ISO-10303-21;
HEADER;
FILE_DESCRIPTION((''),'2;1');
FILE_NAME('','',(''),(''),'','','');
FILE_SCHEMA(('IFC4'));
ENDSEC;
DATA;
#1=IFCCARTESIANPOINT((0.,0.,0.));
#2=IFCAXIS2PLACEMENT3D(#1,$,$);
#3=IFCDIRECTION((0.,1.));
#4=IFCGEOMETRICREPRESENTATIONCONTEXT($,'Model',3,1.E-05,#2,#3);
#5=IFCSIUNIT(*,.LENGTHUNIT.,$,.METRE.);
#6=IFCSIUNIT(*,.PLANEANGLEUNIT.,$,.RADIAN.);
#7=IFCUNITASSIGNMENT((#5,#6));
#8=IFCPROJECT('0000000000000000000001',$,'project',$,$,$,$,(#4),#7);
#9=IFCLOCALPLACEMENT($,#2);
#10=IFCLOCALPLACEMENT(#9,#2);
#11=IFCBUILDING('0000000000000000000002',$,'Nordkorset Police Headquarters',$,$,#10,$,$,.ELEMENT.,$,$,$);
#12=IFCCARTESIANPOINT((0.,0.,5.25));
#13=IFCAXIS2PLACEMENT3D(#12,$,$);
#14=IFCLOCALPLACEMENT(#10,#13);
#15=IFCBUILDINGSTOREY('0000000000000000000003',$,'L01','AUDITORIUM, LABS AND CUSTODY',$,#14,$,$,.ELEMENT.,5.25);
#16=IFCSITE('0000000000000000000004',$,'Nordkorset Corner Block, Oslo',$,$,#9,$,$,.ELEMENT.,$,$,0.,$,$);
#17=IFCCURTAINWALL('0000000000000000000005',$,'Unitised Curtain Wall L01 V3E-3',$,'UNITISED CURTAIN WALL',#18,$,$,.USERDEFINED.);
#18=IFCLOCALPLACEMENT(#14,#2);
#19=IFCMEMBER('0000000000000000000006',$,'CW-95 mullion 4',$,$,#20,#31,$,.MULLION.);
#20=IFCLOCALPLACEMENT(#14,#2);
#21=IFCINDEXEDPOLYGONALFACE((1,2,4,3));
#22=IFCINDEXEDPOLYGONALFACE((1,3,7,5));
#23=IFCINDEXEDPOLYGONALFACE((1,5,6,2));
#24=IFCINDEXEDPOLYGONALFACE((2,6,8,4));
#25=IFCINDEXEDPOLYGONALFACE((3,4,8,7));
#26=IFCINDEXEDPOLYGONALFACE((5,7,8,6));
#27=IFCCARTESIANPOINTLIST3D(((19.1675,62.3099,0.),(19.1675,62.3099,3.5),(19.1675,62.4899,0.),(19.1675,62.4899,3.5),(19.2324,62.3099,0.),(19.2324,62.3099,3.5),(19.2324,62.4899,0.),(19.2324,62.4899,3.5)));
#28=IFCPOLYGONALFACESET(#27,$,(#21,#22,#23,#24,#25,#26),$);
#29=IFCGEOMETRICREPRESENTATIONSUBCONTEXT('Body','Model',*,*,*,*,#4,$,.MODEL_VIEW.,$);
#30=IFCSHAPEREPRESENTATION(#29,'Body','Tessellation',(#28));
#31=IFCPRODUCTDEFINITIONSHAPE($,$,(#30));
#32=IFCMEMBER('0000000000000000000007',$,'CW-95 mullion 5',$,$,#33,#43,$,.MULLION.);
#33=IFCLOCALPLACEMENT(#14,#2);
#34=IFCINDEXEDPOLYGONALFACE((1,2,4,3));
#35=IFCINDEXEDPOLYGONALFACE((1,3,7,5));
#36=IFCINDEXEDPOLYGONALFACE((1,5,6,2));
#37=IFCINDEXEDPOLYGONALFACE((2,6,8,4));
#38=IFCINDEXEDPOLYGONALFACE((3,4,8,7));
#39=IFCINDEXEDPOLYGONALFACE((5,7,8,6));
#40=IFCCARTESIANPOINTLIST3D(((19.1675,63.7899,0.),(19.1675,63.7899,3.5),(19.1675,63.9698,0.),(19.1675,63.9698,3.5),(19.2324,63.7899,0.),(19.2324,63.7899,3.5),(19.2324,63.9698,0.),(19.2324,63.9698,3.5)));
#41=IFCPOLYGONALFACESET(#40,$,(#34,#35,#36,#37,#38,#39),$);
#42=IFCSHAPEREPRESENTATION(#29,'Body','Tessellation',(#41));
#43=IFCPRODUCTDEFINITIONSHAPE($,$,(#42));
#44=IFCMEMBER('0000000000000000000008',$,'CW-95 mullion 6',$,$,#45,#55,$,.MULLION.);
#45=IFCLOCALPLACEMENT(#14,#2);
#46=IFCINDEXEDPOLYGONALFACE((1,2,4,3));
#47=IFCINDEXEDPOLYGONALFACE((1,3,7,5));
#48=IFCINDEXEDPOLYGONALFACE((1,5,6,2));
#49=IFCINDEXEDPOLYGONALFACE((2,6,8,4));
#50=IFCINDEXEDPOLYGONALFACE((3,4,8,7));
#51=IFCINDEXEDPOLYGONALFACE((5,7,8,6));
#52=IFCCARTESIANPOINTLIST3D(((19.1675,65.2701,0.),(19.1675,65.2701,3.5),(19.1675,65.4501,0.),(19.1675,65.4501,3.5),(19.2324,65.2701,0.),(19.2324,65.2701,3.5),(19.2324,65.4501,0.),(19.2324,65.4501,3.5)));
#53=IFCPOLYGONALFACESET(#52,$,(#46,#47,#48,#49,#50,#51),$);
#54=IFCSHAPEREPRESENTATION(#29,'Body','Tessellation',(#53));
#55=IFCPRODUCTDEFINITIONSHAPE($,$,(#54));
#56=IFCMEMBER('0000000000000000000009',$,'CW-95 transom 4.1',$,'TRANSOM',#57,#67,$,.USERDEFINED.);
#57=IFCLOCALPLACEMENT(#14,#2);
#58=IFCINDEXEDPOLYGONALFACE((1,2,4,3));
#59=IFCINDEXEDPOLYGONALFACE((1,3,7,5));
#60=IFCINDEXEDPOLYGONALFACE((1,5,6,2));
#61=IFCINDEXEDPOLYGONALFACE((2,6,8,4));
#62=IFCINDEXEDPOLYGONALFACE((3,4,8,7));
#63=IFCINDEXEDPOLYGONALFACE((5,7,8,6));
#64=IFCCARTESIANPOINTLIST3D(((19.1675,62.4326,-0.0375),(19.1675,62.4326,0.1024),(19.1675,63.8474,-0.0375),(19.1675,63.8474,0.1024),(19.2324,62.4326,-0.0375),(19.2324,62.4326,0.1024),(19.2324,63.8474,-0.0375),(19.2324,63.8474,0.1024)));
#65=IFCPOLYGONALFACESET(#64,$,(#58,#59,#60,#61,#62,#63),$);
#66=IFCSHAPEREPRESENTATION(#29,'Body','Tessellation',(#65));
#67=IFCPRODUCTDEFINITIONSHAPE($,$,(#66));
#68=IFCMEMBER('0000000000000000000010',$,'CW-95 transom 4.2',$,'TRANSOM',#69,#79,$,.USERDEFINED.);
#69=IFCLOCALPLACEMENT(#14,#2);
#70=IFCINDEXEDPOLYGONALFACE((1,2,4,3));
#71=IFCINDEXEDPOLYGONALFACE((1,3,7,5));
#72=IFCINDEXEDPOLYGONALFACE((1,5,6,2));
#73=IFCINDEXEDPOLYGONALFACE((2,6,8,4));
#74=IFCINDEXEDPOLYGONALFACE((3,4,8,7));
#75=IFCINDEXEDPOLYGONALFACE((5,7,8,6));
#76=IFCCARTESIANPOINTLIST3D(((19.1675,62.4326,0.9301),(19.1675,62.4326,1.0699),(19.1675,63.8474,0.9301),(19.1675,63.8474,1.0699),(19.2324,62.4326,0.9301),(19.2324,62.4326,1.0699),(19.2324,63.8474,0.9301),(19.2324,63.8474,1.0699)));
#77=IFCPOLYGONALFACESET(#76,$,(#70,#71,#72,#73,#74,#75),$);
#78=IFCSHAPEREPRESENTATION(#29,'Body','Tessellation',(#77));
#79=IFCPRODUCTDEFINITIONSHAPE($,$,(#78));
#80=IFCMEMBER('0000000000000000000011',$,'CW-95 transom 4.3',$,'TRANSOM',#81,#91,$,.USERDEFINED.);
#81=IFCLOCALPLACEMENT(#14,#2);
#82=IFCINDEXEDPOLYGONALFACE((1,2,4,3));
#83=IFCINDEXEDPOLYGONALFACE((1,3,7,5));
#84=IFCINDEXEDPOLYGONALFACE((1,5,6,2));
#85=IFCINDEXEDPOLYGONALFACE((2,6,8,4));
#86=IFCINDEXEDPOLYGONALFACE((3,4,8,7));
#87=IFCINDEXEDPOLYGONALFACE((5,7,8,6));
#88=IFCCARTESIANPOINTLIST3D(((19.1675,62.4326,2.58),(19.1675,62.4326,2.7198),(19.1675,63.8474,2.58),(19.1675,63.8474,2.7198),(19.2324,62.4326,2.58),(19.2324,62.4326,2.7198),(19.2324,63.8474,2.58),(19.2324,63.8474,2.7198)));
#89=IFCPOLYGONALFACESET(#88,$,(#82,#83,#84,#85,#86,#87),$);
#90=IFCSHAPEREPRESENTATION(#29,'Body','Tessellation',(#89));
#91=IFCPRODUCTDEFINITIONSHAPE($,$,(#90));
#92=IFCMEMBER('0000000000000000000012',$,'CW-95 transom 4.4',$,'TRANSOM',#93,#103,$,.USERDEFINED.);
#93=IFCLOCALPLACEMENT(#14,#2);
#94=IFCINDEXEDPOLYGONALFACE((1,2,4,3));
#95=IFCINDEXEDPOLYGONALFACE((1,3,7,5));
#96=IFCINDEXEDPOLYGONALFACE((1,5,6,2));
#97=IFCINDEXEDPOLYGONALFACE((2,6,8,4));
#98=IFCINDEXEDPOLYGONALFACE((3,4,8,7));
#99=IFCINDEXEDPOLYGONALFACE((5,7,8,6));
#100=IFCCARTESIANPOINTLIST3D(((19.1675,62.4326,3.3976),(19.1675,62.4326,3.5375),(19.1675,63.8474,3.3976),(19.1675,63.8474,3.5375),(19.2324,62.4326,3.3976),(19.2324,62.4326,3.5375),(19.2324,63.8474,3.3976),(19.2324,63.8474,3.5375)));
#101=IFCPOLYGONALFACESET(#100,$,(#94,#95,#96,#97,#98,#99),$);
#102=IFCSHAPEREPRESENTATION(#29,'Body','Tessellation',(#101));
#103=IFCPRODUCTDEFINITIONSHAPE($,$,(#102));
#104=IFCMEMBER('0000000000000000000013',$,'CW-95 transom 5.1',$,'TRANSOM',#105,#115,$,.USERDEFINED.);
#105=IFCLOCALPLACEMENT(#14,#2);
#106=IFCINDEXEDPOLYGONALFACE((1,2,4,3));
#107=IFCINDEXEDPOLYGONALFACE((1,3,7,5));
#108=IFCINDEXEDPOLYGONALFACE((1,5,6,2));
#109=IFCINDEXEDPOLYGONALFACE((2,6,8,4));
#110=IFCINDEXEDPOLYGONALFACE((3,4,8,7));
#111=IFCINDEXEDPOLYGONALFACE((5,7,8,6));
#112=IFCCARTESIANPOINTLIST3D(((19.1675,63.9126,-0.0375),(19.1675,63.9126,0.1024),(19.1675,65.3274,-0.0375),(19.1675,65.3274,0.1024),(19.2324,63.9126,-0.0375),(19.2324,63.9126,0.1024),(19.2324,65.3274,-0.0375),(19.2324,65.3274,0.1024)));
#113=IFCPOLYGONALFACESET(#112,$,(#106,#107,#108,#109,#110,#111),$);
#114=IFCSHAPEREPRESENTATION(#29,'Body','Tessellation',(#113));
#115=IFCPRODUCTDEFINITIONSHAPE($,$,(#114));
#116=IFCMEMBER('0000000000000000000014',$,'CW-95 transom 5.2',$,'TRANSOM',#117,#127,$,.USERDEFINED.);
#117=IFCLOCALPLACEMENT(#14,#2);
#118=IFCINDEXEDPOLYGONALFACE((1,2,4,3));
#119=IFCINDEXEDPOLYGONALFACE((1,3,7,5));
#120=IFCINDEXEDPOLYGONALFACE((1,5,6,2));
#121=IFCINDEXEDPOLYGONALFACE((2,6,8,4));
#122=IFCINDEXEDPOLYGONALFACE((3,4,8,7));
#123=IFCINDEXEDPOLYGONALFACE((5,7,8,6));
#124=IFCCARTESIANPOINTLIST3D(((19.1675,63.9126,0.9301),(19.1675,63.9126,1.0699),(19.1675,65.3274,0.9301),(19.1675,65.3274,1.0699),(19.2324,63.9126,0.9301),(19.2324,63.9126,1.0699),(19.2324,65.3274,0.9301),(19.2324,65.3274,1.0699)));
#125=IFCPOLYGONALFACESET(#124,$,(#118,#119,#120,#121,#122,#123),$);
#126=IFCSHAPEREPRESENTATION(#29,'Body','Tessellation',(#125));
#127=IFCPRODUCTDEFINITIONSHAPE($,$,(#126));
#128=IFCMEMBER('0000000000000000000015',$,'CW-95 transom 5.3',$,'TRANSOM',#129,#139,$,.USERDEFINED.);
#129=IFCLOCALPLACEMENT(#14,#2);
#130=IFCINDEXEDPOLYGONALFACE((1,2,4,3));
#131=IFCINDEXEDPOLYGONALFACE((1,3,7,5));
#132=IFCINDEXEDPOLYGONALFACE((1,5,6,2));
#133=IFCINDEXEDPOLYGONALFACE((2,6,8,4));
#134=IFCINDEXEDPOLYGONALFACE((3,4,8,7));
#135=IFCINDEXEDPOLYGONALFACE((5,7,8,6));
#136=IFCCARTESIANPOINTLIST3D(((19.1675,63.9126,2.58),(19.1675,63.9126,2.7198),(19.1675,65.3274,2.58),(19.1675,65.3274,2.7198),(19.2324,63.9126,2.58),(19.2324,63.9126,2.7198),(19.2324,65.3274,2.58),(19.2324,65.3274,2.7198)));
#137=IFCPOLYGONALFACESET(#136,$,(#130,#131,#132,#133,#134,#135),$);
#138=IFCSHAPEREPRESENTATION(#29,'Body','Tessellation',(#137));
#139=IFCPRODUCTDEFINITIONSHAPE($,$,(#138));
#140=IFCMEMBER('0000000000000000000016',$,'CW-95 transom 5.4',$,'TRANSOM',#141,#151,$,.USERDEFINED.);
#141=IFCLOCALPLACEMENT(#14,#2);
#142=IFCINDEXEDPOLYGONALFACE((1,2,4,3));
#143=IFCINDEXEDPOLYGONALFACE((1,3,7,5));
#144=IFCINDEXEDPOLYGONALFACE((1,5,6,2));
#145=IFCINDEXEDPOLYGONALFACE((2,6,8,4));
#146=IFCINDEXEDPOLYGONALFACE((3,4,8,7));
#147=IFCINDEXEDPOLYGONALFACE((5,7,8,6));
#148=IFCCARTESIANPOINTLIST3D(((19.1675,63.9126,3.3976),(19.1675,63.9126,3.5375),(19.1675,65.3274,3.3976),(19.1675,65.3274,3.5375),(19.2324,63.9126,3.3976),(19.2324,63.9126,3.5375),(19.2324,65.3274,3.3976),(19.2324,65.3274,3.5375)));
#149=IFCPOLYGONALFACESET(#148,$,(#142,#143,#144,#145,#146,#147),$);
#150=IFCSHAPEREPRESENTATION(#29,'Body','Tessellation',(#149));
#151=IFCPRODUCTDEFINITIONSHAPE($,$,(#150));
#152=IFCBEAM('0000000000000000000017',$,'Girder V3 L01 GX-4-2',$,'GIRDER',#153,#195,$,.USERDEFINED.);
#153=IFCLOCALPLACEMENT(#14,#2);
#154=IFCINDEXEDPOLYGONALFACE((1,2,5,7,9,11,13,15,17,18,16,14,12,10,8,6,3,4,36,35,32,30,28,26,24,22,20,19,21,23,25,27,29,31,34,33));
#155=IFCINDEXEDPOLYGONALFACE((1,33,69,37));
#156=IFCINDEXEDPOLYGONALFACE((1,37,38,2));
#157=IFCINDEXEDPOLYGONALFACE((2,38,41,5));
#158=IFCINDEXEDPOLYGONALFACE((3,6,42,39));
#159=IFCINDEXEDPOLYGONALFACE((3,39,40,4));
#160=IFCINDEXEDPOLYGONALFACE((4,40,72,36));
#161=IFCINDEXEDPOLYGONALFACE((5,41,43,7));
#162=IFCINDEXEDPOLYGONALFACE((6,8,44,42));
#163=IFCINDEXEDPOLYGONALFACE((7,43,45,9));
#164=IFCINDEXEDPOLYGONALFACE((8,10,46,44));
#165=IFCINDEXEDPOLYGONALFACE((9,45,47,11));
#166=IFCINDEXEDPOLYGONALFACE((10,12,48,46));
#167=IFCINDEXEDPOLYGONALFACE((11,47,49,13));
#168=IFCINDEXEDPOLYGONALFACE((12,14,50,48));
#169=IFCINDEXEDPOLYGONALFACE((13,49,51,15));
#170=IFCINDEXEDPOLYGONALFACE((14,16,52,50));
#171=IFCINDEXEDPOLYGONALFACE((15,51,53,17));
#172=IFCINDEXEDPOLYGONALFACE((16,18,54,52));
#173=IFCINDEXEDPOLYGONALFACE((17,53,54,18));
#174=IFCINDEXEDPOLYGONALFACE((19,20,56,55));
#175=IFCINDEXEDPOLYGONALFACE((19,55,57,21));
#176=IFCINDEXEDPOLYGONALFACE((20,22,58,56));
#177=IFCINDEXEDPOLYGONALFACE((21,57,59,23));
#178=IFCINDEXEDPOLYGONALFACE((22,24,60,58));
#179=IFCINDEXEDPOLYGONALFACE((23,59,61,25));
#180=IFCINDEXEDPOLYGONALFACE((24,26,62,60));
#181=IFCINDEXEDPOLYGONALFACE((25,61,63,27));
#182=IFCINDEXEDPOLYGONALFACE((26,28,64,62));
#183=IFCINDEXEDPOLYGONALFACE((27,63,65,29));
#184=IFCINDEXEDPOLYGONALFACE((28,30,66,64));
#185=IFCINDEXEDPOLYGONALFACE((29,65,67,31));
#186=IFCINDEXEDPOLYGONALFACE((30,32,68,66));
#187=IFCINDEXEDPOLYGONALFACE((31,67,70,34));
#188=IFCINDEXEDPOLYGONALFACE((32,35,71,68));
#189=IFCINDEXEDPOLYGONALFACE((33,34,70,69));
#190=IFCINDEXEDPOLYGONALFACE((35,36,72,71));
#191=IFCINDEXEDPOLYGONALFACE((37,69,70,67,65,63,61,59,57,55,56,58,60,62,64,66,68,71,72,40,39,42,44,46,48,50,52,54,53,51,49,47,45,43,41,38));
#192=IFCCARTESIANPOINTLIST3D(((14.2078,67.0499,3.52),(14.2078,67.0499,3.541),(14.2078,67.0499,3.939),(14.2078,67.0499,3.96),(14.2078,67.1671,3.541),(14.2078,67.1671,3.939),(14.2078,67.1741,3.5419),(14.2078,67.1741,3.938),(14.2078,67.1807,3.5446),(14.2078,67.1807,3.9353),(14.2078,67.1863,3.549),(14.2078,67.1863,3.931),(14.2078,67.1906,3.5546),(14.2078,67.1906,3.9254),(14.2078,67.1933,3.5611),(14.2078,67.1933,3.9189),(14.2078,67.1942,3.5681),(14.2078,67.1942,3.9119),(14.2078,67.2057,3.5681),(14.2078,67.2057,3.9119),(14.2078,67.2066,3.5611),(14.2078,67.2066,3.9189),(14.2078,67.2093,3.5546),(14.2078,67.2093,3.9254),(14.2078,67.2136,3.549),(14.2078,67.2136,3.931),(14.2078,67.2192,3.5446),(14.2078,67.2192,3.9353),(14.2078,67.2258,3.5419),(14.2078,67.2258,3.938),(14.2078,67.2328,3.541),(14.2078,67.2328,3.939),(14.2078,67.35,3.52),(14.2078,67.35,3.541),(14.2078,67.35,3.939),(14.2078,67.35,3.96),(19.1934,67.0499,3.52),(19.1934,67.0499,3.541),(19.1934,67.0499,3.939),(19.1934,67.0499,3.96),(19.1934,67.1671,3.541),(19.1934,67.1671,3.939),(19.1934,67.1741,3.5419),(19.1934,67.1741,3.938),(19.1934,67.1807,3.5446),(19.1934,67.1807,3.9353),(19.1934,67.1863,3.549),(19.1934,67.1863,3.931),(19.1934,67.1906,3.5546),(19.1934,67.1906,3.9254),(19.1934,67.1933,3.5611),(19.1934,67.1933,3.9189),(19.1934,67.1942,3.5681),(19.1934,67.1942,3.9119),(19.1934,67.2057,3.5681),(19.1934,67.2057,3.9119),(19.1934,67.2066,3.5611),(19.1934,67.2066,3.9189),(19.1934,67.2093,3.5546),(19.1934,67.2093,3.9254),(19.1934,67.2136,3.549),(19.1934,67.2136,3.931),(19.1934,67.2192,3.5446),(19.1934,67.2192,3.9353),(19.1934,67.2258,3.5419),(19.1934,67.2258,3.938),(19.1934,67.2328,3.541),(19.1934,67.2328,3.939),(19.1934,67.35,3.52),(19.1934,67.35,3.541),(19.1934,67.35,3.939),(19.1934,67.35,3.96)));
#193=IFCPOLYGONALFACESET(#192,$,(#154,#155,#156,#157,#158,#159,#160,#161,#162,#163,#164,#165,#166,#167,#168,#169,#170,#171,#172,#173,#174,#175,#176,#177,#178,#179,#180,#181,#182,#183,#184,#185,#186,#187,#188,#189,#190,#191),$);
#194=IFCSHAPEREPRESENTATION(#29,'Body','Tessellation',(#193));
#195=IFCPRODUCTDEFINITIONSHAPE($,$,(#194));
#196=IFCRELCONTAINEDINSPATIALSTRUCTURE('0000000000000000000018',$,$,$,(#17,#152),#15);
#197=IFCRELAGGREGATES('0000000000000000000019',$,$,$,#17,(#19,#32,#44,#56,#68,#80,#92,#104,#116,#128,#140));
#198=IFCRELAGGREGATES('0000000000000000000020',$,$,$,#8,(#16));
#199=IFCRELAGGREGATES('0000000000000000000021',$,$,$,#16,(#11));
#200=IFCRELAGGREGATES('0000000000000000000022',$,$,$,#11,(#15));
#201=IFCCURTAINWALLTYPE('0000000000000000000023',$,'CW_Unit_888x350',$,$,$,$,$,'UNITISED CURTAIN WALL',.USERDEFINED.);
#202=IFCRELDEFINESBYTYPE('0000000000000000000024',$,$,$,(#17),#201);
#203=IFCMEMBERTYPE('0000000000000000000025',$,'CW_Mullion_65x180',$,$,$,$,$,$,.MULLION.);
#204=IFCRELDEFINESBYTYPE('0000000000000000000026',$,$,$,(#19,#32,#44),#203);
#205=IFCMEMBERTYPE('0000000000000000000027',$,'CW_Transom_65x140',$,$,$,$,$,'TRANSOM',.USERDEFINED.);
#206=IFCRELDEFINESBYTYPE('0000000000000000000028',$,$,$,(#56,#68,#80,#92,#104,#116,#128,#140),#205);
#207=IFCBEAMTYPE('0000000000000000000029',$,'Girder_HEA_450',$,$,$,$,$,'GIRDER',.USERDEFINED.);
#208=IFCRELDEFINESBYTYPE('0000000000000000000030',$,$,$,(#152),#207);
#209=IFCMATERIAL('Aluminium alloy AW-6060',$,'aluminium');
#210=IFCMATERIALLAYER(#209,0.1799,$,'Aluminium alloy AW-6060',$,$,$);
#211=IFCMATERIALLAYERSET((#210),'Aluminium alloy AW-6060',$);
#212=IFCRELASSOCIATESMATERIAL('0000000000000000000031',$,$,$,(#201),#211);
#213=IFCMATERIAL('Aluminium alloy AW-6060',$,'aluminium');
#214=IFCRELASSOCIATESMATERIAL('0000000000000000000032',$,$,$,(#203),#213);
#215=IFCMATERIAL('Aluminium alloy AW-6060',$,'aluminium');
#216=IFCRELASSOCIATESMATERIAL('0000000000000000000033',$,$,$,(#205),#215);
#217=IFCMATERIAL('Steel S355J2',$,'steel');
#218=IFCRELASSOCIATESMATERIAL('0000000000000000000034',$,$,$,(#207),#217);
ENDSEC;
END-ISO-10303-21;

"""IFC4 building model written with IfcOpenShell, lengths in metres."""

from ifc_helpers import new_model, si_unit, direction, frame, origin, origin_2d, place, context, subcontext, project, spatial, rectangle, i_section, extrude, material, layer, layer_set, material_profile, profile_set, type_object, element, aggregate, save


model = new_model("IFC4")

# Units and contexts
model_context = context("Model", 3, precision=1e-05, world=origin(), true_north=direction((0.0, 1.0)))
body_context = subcontext(model_context, "Body", "Model", "MODEL_VIEW")
ifc_project = project(units=[si_unit("LENGTHUNIT", "METRE"), si_unit("PLANEANGLEUNIT", "RADIAN")], contexts=[model_context])

# Site, building, storey
site_placement = place(None, origin())
site = spatial("IfcSite", under=ifc_project, at=site_placement, Name="Nordkorset Corner Block, Oslo", CompositionType="ELEMENT", RefElevation=0.0)
building_placement = place(site_placement, origin())
building = spatial("IfcBuilding", under=site, at=building_placement, Name="Nordkorset Police Headquarters", CompositionType="ELEMENT")
storey_placement = place(building_placement, frame((0.0, 0.0, 5.25)))
storey = spatial("IfcBuildingStorey", under=building, at=storey_placement, Name="L01", Description="AUDITORIUM, LABS AND CUSTODY", CompositionType="ELEMENT", Elevation=5.25)

# Curtain wall, members
ifc_material_1 = material(Name="Aluminium alloy AW-6060", Category="aluminium")
ifc_layer_1 = layer(ifc_material_1, 0.1799, Name="Aluminium alloy AW-6060")
ifc_layer_set_1 = layer_set([ifc_layer_1], Name="Aluminium alloy AW-6060")
curtain_wall_type = type_object("IfcCurtainWallType", Name="CW_Unit_888x350", ElementType="UNITISED CURTAIN WALL", PredefinedType="USERDEFINED", material=ifc_layer_set_1)
curtain_wall_placement = place(storey_placement, origin())
curtain_wall = element("IfcCurtainWall", 1, at=curtain_wall_placement, inside=storey, type_object=curtain_wall_type, Name="Unitised Curtain Wall L01 V3E-3", ObjectType="UNITISED CURTAIN WALL", PredefinedType="USERDEFINED")
ifc_material_2 = material(Name="Aluminium alloy AW-6060", Category="aluminium")
ifc_material_profile_1 = material_profile(ifc_material_2, rectangle(XDim=0.0649, YDim=0.1799, at=origin_2d()), Name="ALU MULL 65x180")
ifc_profile_set_1 = profile_set([ifc_material_profile_1], Name="Aluminium alloy AW-6060")
member_type_1 = type_object("IfcMemberType", Name="CW_Mullion_65x180", PredefinedType="MULLION", material=ifc_profile_set_1)
member_1_placement = place(storey_placement, frame((19.2, 62.3999, 0.0), z_axis=(0.0, 0.0, 1.0), x_axis=(-1.0, 0.0, 0.0)))
member_1 = element("IfcMember", 2, at=member_1_placement, type_object=member_type_1, Name="CW-95 mullion 4", PredefinedType="MULLION", context=body_context, shape_type="SweptSolid", body=[
    extrude(rectangle(XDim=0.0649, YDim=0.1799, at=origin_2d()), origin(), (0.0, 0.0, 1.0), 3.5),
])
member_2_placement = place(storey_placement, frame((19.2, 63.8799, 0.0), z_axis=(0.0, 0.0, 1.0), x_axis=(-1.0, 0.0, 0.0)))
member_2 = element("IfcMember", 3, at=member_2_placement, type_object=member_type_1, Name="CW-95 mullion 5", PredefinedType="MULLION", context=body_context, shape_type="SweptSolid", body=[
    extrude(rectangle(XDim=0.0649, YDim=0.1799, at=origin_2d()), origin(), (0.0, 0.0, 1.0), 3.5),
])
member_3_placement = place(storey_placement, frame((19.2, 65.3601, 0.0), z_axis=(0.0, 0.0, 1.0), x_axis=(-1.0, 0.0, 0.0)))
member_3 = element("IfcMember", 4, at=member_3_placement, type_object=member_type_1, Name="CW-95 mullion 6", PredefinedType="MULLION", context=body_context, shape_type="SweptSolid", body=[
    extrude(rectangle(XDim=0.0649, YDim=0.1799, at=origin_2d()), origin(), (0.0, 0.0, 1.0), 3.5),
])
ifc_material_3 = material(Name="Aluminium alloy AW-6060", Category="aluminium")
ifc_material_profile_2 = material_profile(ifc_material_3, rectangle(XDim=0.0649, YDim=0.1399, at=origin_2d()), Name="ALU TRAN 65x140")
ifc_profile_set_2 = profile_set([ifc_material_profile_2], Name="Aluminium alloy AW-6060")
member_type_2 = type_object("IfcMemberType", Name="CW_Transom_65x140", ElementType="TRANSOM", PredefinedType="USERDEFINED", material=ifc_profile_set_2)
member_4_placement = place(storey_placement, frame((19.2, 62.4326, 0.0325), z_axis=(0.0, 1.0, 0.0), x_axis=(-1.0, 0.0, 0.0)))
member_4 = element("IfcMember", 5, at=member_4_placement, type_object=member_type_2, Name="CW-95 transom 4.1", ObjectType="TRANSOM", PredefinedType="USERDEFINED", context=body_context, shape_type="SweptSolid", body=[
    extrude(rectangle(XDim=0.0649, YDim=0.1399, at=origin_2d()), origin(), (0.0, 0.0, 1.0), 1.4148),
])
member_5_placement = place(storey_placement, frame((19.2, 62.4326, 1.0), z_axis=(0.0, 1.0, 0.0), x_axis=(-1.0, 0.0, 0.0)))
member_5 = element("IfcMember", 6, at=member_5_placement, type_object=member_type_2, Name="CW-95 transom 4.2", ObjectType="TRANSOM", PredefinedType="USERDEFINED", context=body_context, shape_type="SweptSolid", body=[
    extrude(rectangle(XDim=0.0649, YDim=0.1399, at=origin_2d()), origin(), (0.0, 0.0, 1.0), 1.4148),
])
member_6_placement = place(storey_placement, frame((19.2, 62.4326, 2.6499), z_axis=(0.0, 1.0, 0.0), x_axis=(-1.0, 0.0, 0.0)))
member_6 = element("IfcMember", 7, at=member_6_placement, type_object=member_type_2, Name="CW-95 transom 4.3", ObjectType="TRANSOM", PredefinedType="USERDEFINED", context=body_context, shape_type="SweptSolid", body=[
    extrude(rectangle(XDim=0.0649, YDim=0.1399, at=origin_2d()), origin(), (0.0, 0.0, 1.0), 1.4148),
])
member_7_placement = place(storey_placement, frame((19.2, 62.4326, 3.4675), z_axis=(0.0, 1.0, 0.0), x_axis=(-1.0, 0.0, 0.0)))
member_7 = element("IfcMember", 8, at=member_7_placement, type_object=member_type_2, Name="CW-95 transom 4.4", ObjectType="TRANSOM", PredefinedType="USERDEFINED", context=body_context, shape_type="SweptSolid", body=[
    extrude(rectangle(XDim=0.0649, YDim=0.1399, at=origin_2d()), origin(), (0.0, 0.0, 1.0), 1.4148),
])
member_8_placement = place(storey_placement, frame((19.2, 63.9126, 0.0325), z_axis=(0.0, 1.0, 0.0), x_axis=(-1.0, 0.0, 0.0)))
member_8 = element("IfcMember", 9, at=member_8_placement, type_object=member_type_2, Name="CW-95 transom 5.1", ObjectType="TRANSOM", PredefinedType="USERDEFINED", context=body_context, shape_type="SweptSolid", body=[
    extrude(rectangle(XDim=0.0649, YDim=0.1399, at=origin_2d()), origin(), (0.0, 0.0, 1.0), 1.4148),
])
member_9_placement = place(storey_placement, frame((19.2, 63.9126, 1.0), z_axis=(0.0, 1.0, 0.0), x_axis=(-1.0, 0.0, 0.0)))
member_9 = element("IfcMember", 10, at=member_9_placement, type_object=member_type_2, Name="CW-95 transom 5.2", ObjectType="TRANSOM", PredefinedType="USERDEFINED", context=body_context, shape_type="SweptSolid", body=[
    extrude(rectangle(XDim=0.0649, YDim=0.1399, at=origin_2d()), origin(), (0.0, 0.0, 1.0), 1.4148),
])
member_10_placement = place(storey_placement, frame((19.2, 63.9126, 2.6499), z_axis=(0.0, 1.0, 0.0), x_axis=(-1.0, 0.0, 0.0)))
member_10 = element("IfcMember", 11, at=member_10_placement, type_object=member_type_2, Name="CW-95 transom 5.3", ObjectType="TRANSOM", PredefinedType="USERDEFINED", context=body_context, shape_type="SweptSolid", body=[
    extrude(rectangle(XDim=0.0649, YDim=0.1399, at=origin_2d()), origin(), (0.0, 0.0, 1.0), 1.4148),
])
member_11_placement = place(storey_placement, frame((19.2, 63.9126, 3.4675), z_axis=(0.0, 1.0, 0.0), x_axis=(-1.0, 0.0, 0.0)))
member_11 = element("IfcMember", 12, at=member_11_placement, type_object=member_type_2, Name="CW-95 transom 5.4", ObjectType="TRANSOM", PredefinedType="USERDEFINED", context=body_context, shape_type="SweptSolid", body=[
    extrude(rectangle(XDim=0.0649, YDim=0.1399, at=origin_2d()), origin(), (0.0, 0.0, 1.0), 1.4148),
])

# Beam
ifc_material_4 = material(Name="Steel S355J2", Category="steel")
ifc_material_profile_3 = material_profile(ifc_material_4, i_section(OverallWidth=0.3, OverallDepth=0.4399, WebThickness=0.0115, FlangeThickness=0.021, FilletRadius=0.0271, at=origin_2d()), Name="HEA 450")
ifc_profile_set_3 = profile_set([ifc_material_profile_3], Name="Steel S355J2")
beam_type_1 = type_object("IfcBeamType", Name="Girder_HEA_450", ElementType="GIRDER", PredefinedType="USERDEFINED", material=ifc_profile_set_3)
for number, where, z_axis, x_axis, name in (
    (13, (14.2078, 67.2, 3.74), (1.0, 0.0, 0.0), (0.0, 1.0, 0.0), "Girder V3 L01 GX-4-2"),
):
    element("IfcBeam", number, at=place(storey_placement, frame(where, z_axis=z_axis, x_axis=x_axis)), inside=storey, type_object=beam_type_1, Name=name, ObjectType="GIRDER", PredefinedType="USERDEFINED", context=body_context, shape_type="SweptSolid", body=[
        extrude(i_section(OverallWidth=0.3, OverallDepth=0.4399, WebThickness=0.0115, FlangeThickness=0.021, FilletRadius=0.0271, at=origin_2d()), origin(), (0.0, 0.0, 1.0), 4.9856),
    ])

aggregate(curtain_wall, [member_1, member_2, member_3, member_4, member_5, member_6, member_7, member_8, member_9, member_10, member_11])

save(model, "model.ifc")
